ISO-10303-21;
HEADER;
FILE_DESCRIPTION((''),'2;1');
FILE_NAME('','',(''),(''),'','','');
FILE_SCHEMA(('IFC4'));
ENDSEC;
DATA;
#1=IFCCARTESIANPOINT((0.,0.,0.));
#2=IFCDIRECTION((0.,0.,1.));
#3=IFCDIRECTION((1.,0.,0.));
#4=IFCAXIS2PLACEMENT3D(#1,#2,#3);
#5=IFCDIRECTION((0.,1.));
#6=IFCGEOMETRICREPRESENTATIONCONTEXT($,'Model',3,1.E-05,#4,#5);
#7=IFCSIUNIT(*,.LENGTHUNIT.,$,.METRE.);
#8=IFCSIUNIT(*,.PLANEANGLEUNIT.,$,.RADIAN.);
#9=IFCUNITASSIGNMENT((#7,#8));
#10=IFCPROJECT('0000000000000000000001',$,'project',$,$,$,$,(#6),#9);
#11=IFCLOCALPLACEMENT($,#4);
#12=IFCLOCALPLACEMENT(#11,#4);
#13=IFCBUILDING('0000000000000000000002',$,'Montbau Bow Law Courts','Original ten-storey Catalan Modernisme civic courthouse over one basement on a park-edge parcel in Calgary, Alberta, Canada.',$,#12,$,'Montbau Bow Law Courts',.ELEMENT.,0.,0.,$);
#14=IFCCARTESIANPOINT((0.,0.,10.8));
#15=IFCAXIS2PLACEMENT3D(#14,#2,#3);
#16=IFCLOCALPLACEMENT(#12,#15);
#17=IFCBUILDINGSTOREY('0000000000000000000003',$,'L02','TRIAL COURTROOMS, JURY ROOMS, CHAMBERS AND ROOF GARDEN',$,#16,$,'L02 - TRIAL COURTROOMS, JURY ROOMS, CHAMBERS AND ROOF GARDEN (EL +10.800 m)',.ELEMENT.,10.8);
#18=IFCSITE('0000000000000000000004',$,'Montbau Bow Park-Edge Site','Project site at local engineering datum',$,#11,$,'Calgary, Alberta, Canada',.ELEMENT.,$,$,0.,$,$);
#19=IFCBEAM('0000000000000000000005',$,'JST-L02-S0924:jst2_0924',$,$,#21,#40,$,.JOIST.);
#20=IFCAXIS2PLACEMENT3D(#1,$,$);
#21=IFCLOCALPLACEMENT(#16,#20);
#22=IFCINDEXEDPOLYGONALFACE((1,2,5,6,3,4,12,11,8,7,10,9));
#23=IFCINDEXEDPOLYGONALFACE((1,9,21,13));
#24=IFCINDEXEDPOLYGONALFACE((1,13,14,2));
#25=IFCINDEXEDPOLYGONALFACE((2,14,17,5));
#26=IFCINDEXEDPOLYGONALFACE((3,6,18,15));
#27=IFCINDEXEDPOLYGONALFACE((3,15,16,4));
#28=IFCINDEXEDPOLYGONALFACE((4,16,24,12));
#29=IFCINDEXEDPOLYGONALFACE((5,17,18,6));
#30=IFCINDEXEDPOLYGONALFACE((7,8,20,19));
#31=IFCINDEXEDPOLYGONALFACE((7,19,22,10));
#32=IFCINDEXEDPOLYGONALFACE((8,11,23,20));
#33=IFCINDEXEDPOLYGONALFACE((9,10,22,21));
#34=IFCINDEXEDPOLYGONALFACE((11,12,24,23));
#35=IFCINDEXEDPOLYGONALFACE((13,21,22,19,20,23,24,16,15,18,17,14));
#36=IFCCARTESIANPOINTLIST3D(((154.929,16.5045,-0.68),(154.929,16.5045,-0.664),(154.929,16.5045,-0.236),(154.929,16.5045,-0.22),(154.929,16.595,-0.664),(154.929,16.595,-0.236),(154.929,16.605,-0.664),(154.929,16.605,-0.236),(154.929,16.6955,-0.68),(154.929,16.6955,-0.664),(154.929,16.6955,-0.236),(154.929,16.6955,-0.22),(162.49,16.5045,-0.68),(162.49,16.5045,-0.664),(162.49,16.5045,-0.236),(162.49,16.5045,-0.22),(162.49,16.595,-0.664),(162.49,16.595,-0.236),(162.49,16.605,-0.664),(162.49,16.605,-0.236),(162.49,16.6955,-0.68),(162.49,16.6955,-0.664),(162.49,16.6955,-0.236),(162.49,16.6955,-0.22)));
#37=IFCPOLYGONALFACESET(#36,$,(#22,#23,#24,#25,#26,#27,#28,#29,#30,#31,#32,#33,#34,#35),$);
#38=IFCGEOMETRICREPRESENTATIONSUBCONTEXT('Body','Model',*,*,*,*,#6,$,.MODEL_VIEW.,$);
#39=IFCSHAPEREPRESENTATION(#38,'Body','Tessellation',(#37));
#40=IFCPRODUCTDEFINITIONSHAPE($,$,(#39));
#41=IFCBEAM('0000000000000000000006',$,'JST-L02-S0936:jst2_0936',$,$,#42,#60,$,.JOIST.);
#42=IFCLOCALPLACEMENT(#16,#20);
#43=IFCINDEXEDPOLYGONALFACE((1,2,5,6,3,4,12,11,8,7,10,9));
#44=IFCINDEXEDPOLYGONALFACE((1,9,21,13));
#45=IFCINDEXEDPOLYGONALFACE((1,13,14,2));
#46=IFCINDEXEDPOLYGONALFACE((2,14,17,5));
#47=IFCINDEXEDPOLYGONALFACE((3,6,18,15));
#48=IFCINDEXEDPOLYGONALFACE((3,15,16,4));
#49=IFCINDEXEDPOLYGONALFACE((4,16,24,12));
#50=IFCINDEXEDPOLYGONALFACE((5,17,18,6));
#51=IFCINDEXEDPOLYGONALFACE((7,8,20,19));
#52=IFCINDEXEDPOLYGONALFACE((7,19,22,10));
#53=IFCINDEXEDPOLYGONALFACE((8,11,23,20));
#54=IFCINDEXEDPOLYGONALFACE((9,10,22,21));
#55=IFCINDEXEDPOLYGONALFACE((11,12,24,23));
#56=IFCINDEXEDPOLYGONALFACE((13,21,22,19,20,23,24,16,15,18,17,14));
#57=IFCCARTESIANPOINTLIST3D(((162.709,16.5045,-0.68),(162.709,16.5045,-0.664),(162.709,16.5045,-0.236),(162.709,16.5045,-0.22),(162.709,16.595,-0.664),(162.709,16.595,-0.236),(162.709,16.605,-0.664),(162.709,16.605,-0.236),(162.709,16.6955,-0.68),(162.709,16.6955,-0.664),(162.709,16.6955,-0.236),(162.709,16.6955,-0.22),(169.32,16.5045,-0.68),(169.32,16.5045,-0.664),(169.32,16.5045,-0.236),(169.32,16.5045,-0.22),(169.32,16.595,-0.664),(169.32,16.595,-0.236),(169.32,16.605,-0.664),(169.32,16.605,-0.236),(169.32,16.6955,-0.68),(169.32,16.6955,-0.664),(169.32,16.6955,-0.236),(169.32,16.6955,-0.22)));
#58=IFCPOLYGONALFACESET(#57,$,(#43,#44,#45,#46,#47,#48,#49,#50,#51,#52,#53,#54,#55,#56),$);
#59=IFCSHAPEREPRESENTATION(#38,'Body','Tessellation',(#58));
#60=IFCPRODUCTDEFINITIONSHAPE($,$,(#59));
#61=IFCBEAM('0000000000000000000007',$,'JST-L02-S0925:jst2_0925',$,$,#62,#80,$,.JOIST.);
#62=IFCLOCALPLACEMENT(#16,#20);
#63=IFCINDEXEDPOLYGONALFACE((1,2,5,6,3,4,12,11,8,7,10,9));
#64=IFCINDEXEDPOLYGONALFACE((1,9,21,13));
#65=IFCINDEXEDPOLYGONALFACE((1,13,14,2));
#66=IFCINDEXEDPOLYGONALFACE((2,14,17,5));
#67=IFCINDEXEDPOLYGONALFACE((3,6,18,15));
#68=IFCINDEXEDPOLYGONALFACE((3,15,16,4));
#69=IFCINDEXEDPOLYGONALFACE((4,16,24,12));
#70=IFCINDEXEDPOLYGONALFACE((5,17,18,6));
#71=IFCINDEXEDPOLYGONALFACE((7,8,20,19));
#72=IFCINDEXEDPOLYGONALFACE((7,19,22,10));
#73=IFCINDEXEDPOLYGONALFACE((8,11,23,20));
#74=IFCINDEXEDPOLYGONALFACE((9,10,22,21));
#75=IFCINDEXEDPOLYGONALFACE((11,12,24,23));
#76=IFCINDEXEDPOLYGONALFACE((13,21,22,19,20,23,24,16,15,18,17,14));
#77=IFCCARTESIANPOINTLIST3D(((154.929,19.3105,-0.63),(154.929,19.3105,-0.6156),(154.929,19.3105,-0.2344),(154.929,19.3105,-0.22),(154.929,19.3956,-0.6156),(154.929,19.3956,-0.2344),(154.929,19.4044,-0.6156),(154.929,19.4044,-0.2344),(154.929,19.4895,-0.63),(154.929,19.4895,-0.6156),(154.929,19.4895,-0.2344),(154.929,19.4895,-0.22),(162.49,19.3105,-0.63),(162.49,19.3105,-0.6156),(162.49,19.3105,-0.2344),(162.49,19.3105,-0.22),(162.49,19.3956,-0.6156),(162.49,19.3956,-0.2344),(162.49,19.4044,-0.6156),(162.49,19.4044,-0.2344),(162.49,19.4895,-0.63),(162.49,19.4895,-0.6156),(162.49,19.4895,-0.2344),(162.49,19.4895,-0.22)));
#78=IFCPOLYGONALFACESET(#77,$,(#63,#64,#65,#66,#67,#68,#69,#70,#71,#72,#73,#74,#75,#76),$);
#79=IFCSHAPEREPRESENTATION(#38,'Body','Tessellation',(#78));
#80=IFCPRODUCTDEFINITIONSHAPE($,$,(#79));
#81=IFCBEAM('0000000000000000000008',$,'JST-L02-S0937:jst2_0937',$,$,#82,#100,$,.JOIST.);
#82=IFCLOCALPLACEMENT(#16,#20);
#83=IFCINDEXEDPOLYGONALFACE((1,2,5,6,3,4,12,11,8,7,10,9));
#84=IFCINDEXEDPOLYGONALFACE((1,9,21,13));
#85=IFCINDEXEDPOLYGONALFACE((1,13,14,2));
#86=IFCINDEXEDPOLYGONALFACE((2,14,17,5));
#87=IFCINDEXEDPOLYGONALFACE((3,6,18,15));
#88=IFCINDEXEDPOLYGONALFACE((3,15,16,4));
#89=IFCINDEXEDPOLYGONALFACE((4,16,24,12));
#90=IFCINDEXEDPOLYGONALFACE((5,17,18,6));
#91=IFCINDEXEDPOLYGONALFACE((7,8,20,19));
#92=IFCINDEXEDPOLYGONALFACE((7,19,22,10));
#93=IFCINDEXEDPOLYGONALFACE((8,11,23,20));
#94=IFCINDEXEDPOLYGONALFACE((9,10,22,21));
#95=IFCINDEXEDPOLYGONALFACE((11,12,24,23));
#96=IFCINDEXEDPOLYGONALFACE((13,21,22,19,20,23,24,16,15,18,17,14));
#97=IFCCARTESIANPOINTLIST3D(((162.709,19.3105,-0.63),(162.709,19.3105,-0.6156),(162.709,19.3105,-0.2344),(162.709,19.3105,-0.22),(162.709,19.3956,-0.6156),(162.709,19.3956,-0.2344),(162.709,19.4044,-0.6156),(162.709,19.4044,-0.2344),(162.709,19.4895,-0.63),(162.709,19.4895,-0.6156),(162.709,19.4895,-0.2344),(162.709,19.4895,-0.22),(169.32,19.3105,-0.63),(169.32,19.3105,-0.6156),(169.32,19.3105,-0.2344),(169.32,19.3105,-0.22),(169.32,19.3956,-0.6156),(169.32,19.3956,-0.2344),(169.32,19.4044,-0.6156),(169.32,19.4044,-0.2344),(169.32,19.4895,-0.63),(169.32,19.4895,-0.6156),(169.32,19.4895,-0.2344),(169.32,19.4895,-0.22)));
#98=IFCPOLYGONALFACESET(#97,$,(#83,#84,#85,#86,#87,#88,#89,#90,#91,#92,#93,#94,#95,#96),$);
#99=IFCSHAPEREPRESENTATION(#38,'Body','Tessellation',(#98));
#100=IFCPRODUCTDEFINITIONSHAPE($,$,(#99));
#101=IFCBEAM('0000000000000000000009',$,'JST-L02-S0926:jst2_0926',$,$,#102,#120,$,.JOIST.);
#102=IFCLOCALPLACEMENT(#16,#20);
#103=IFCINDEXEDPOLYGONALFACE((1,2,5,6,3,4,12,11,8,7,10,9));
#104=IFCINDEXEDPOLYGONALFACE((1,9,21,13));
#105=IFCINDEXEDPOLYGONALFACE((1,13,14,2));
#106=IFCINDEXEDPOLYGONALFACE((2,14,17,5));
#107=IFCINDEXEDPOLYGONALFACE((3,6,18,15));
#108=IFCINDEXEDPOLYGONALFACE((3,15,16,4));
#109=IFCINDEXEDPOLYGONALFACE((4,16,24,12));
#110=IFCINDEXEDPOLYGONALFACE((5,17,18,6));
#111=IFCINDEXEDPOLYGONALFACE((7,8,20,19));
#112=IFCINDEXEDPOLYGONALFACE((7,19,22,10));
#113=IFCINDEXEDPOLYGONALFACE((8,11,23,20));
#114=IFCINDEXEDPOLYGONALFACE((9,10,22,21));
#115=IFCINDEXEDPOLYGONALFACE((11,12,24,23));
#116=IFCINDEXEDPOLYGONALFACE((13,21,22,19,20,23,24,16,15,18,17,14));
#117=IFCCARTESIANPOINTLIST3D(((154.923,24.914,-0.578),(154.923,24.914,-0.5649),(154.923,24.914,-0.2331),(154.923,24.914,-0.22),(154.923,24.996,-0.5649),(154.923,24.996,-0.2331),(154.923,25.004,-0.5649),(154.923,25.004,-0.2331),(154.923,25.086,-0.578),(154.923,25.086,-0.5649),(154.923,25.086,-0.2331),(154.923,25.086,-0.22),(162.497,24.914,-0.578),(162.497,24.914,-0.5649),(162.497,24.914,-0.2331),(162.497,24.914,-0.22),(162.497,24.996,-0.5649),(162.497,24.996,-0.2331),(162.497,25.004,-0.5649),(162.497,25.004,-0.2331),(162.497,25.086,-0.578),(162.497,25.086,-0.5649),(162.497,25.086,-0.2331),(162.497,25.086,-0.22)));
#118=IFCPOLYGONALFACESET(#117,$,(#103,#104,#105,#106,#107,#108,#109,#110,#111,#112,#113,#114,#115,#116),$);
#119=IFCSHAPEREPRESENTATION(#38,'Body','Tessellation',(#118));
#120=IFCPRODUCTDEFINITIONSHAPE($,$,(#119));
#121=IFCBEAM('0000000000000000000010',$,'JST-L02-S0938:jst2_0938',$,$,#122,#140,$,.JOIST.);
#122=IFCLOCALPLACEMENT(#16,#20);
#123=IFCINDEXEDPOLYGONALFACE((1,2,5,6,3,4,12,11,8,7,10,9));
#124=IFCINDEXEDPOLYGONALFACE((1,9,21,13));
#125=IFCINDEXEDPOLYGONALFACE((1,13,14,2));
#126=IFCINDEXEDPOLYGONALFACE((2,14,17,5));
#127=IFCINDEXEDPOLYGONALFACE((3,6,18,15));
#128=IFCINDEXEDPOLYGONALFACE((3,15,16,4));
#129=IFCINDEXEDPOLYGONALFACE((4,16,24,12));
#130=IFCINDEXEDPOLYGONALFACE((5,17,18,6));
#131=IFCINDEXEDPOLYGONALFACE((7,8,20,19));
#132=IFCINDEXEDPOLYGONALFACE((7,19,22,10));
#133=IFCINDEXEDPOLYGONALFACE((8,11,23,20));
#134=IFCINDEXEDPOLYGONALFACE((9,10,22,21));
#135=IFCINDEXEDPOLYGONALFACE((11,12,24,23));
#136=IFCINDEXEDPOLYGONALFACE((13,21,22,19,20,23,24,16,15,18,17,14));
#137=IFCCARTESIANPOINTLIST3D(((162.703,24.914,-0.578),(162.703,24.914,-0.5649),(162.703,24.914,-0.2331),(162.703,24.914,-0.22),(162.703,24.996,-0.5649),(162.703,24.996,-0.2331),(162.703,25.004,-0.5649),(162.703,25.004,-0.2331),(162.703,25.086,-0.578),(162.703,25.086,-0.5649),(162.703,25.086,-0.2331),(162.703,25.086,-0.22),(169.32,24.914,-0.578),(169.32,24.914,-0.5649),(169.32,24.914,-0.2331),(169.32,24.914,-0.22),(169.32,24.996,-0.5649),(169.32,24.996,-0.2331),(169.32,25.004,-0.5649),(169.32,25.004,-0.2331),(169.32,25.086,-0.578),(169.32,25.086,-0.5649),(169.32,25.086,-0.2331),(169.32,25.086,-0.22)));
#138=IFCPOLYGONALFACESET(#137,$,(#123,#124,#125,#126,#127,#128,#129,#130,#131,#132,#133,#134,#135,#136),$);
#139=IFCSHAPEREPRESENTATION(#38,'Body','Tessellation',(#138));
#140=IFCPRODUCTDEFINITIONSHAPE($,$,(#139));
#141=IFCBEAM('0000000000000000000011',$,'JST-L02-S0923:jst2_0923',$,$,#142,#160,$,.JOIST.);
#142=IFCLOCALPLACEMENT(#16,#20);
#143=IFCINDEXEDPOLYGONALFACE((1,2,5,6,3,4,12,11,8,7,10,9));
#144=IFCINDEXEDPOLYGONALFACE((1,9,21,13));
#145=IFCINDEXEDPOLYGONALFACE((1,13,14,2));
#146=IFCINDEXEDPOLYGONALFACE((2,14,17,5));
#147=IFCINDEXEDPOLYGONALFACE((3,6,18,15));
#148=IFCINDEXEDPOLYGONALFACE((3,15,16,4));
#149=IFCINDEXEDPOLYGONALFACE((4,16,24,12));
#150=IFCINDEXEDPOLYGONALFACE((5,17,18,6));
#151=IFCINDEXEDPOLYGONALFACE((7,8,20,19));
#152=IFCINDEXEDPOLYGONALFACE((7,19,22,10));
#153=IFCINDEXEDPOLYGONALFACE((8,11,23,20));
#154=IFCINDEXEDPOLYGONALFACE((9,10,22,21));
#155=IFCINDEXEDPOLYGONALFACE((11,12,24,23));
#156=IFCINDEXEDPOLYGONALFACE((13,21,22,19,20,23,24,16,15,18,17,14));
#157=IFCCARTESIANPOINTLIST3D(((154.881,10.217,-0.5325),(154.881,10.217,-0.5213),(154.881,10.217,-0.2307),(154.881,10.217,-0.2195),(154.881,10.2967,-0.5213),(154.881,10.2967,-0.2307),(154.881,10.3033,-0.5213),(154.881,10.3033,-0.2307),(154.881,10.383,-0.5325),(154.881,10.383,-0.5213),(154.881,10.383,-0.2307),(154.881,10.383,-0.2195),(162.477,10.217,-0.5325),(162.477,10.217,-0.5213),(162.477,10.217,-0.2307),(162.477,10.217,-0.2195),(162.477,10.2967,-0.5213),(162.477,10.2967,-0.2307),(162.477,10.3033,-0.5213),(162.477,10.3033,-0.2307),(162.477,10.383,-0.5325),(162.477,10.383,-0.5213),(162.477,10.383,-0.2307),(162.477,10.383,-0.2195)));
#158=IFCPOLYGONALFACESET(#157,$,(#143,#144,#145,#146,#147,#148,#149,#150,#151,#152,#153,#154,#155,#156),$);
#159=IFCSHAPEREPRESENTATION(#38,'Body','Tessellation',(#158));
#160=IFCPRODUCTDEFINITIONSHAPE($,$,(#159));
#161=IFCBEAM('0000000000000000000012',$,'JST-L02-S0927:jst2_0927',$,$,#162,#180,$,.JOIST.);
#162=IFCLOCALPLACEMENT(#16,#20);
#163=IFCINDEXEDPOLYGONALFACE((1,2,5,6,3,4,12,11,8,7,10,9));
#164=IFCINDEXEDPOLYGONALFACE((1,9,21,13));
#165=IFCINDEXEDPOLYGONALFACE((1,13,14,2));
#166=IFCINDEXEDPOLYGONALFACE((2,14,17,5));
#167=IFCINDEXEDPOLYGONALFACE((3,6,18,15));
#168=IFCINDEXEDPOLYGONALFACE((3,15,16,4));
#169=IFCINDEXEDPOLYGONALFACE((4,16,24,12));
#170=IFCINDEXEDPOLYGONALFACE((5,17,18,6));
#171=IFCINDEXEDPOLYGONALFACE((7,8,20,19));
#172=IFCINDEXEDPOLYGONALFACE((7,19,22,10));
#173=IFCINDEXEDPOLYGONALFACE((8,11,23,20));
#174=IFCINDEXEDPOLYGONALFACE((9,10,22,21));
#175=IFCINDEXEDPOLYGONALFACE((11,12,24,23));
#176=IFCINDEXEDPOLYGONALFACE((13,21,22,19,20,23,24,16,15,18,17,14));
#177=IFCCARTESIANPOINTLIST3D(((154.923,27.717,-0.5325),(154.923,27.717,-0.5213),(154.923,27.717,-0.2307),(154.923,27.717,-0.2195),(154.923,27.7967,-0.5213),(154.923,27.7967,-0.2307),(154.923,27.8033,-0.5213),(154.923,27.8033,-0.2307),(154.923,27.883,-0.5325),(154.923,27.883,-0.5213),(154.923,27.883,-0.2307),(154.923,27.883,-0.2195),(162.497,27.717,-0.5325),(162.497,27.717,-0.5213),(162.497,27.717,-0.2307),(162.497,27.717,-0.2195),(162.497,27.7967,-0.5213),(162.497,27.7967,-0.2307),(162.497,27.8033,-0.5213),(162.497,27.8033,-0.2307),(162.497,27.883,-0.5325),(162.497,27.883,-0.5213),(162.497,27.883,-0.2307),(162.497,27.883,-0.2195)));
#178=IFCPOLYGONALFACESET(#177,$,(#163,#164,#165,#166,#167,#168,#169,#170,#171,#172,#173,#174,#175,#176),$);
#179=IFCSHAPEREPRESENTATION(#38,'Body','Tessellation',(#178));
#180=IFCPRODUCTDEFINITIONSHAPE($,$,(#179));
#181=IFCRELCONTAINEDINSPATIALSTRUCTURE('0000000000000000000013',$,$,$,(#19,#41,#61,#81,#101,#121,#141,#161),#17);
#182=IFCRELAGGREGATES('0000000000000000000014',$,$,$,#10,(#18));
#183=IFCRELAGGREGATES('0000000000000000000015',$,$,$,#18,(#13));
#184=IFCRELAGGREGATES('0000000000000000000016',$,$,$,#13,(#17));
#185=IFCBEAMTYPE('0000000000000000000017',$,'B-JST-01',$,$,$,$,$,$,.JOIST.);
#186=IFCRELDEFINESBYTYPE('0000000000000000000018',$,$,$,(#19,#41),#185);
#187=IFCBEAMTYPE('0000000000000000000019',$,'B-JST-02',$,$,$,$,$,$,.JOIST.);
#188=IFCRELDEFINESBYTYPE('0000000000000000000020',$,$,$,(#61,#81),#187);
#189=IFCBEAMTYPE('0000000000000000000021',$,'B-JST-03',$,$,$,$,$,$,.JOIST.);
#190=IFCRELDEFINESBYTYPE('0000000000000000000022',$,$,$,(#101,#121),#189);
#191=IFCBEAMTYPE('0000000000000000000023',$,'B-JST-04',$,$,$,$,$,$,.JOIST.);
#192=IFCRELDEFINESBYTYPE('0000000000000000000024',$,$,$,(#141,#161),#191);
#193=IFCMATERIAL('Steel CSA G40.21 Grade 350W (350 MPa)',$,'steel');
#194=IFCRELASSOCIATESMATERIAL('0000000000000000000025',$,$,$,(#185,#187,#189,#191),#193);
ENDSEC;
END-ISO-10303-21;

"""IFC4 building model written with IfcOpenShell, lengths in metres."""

from ifc_helpers import new_model, si_unit, direction, frame, origin_with_axes, origin_2d_with_axis, place, context, subcontext, project, spatial, i_section, extrude, material, material_profile, profile_set, type_object, element, save


model = new_model("IFC4")

# Units and contexts
model_context = context("Model", 3, precision=1e-05, world=origin_with_axes(), true_north=direction((0.0, 1.0)))
body_context = subcontext(model_context, "Body", "Model", "MODEL_VIEW")
ifc_project = project(units=[si_unit("LENGTHUNIT", "METRE"), si_unit("PLANEANGLEUNIT", "RADIAN")], contexts=[model_context])

# Site, building, storey
site_placement = place(None, origin_with_axes())
site = spatial("IfcSite", under=ifc_project, at=site_placement, Name="Montbau Bow Park-Edge Site", Description="Project site at local engineering datum", LongName="Calgary, Alberta, Canada", CompositionType="ELEMENT", RefElevation=0.0)
building_placement = place(site_placement, origin_with_axes())
building = spatial("IfcBuilding", under=site, at=building_placement, Name="Montbau Bow Law Courts", Description="Original ten-storey Catalan Modernisme civic courthouse over one basement on a park-edge parcel in Calgary, Alberta, Canada.", LongName="Montbau Bow Law Courts", CompositionType="ELEMENT", ElevationOfRefHeight=0.0, ElevationOfTerrain=0.0)
storey_placement = place(building_placement, frame((0.0, 0.0, 10.8), z_axis=(0.0, 0.0, 1.0), x_axis=(1.0, 0.0, 0.0)))
storey = spatial("IfcBuildingStorey", under=building, at=storey_placement, Name="L02", Description="TRIAL COURTROOMS, JURY ROOMS, CHAMBERS AND ROOF GARDEN", LongName="L02 - TRIAL COURTROOMS, JURY ROOMS, CHAMBERS AND ROOF GARDEN (EL +10.800 m)", CompositionType="ELEMENT", Elevation=10.8)

# Shared definitions
ifc_material_1 = material(Name="Steel CSA G40.21 Grade 350W (350 MPa)", Category="steel")

# Beams
ifc_material_profile_1 = material_profile(ifc_material_1, i_section(OverallWidth=0.191, OverallDepth=0.46, WebThickness=0.0099, FlangeThickness=0.016, at=origin_2d_with_axis()), Name="W460X82", Category="Main", Priority=0)
ifc_profile_set_1 = profile_set([ifc_material_profile_1], Name="Steel CSA G40.21 Grade 350W (350 MPa)")
beam_type_1 = type_object("IfcBeamType", Name="B-JST-01", PredefinedType="JOIST", material=ifc_profile_set_1)
beam_1_placement = place(None, frame((154.929, 16.6, 10.35), z_axis=(1.0, 0.0, 0.0), x_axis=(0.0, 1.0, 0.0)))
element("IfcBeam", 1, at=beam_1_placement, inside=storey, type_object=beam_type_1, Name="JST-L02-S0924:jst2_0924", PredefinedType="JOIST", context=body_context, shape_type="SweptSolid", body=[
    extrude(i_section(OverallWidth=0.191, OverallDepth=0.46, WebThickness=0.0099, FlangeThickness=0.016, at=origin_2d_with_axis()), origin_with_axes(), (0.0, 0.0, 1.0), 7.561),
])
beam_2_placement = place(None, frame((162.709, 16.6, 10.35), z_axis=(1.0, 0.0, 0.0), x_axis=(0.0, 1.0, 0.0)))
element("IfcBeam", 2, at=beam_2_placement, inside=storey, type_object=beam_type_1, Name="JST-L02-S0936:jst2_0936", PredefinedType="JOIST", context=body_context, shape_type="SweptSolid", body=[
    extrude(i_section(OverallWidth=0.191, OverallDepth=0.46, WebThickness=0.0099, FlangeThickness=0.016, at=origin_2d_with_axis()), origin_with_axes(), (0.0, 0.0, 1.0), 6.611),
])
ifc_material_profile_2 = material_profile(ifc_material_1, i_section(OverallWidth=0.179, OverallDepth=0.41, WebThickness=0.0088, FlangeThickness=0.0144, at=origin_2d_with_axis()), Name="W410X67", Category="Main", Priority=0)
ifc_profile_set_2 = profile_set([ifc_material_profile_2], Name="Steel CSA G40.21 Grade 350W (350 MPa)")
beam_type_2 = type_object("IfcBeamType", Name="B-JST-02", PredefinedType="JOIST", material=ifc_profile_set_2)
beam_3_placement = place(None, frame((154.929, 19.4, 10.375), z_axis=(1.0, 0.0, 0.0), x_axis=(0.0, 1.0, 0.0)))
element("IfcBeam", 3, at=beam_3_placement, inside=storey, type_object=beam_type_2, Name="JST-L02-S0925:jst2_0925", PredefinedType="JOIST", context=body_context, shape_type="SweptSolid", body=[
    extrude(i_section(OverallWidth=0.179, OverallDepth=0.41, WebThickness=0.0088, FlangeThickness=0.0144, at=origin_2d_with_axis()), origin_with_axes(), (0.0, 0.0, 1.0), 7.561),
])
beam_4_placement = place(None, frame((162.709, 19.4, 10.375), z_axis=(1.0, 0.0, 0.0), x_axis=(0.0, 1.0, 0.0)))
element("IfcBeam", 4, at=beam_4_placement, inside=storey, type_object=beam_type_2, Name="JST-L02-S0937:jst2_0937", PredefinedType="JOIST", context=body_context, shape_type="SweptSolid", body=[
    extrude(i_section(OverallWidth=0.179, OverallDepth=0.41, WebThickness=0.0088, FlangeThickness=0.0144, at=origin_2d_with_axis()), origin_with_axes(), (0.0, 0.0, 1.0), 6.611),
])
ifc_material_profile_3 = material_profile(ifc_material_1, i_section(OverallWidth=0.172, OverallDepth=0.358, WebThickness=0.0079, FlangeThickness=0.0131, at=origin_2d_with_axis()), Name="W360X57", Category="Main", Priority=0)
ifc_profile_set_3 = profile_set([ifc_material_profile_3], Name="Steel CSA G40.21 Grade 350W (350 MPa)")
beam_type_3 = type_object("IfcBeamType", Name="B-JST-03", PredefinedType="JOIST", material=ifc_profile_set_3)
beam_5_placement = place(None, frame((154.923, 25.0, 10.401), z_axis=(1.0, 0.0, 0.0), x_axis=(0.0, 1.0, 0.0)))
element("IfcBeam", 5, at=beam_5_placement, inside=storey, type_object=beam_type_3, Name="JST-L02-S0926:jst2_0926", PredefinedType="JOIST", context=body_context, shape_type="SweptSolid", body=[
    extrude(i_section(OverallWidth=0.172, OverallDepth=0.358, WebThickness=0.0079, FlangeThickness=0.0131, at=origin_2d_with_axis()), origin_with_axes(), (0.0, 0.0, 1.0), 7.574),
])
beam_6_placement = place(None, frame((162.703, 25.0, 10.401), z_axis=(1.0, 0.0, 0.0), x_axis=(0.0, 1.0, 0.0)))
element("IfcBeam", 6, at=beam_6_placement, inside=storey, type_object=beam_type_3, Name="JST-L02-S0938:jst2_0938", PredefinedType="JOIST", context=body_context, shape_type="SweptSolid", body=[
    extrude(i_section(OverallWidth=0.172, OverallDepth=0.358, WebThickness=0.0079, FlangeThickness=0.0131, at=origin_2d_with_axis()), origin_with_axes(), (0.0, 0.0, 1.0), 6.617),
])
ifc_material_profile_4 = material_profile(ifc_material_1, i_section(OverallWidth=0.166, OverallDepth=0.313, WebThickness=0.0066, FlangeThickness=0.0112, at=origin_2d_with_axis()), Name="W310X45", Category="Main", Priority=0)
ifc_profile_set_4 = profile_set([ifc_material_profile_4], Name="Steel CSA G40.21 Grade 350W (350 MPa)")
beam_type_4 = type_object("IfcBeamType", Name="B-JST-04", PredefinedType="JOIST", material=ifc_profile_set_4)
beam_7_placement = place(None, frame((154.881, 10.3, 10.424), z_axis=(1.0, 0.0, 0.0), x_axis=(0.0, 1.0, 0.0)))
element("IfcBeam", 7, at=beam_7_placement, inside=storey, type_object=beam_type_4, Name="JST-L02-S0923:jst2_0923", PredefinedType="JOIST", context=body_context, shape_type="SweptSolid", body=[
    extrude(i_section(OverallWidth=0.166, OverallDepth=0.313, WebThickness=0.0066, FlangeThickness=0.0112, at=origin_2d_with_axis()), origin_with_axes(), (0.0, 0.0, 1.0), 7.596),
])
beam_8_placement = place(None, frame((154.923, 27.8, 10.424), z_axis=(1.0, 0.0, 0.0), x_axis=(0.0, 1.0, 0.0)))
element("IfcBeam", 8, at=beam_8_placement, inside=storey, type_object=beam_type_4, Name="JST-L02-S0927:jst2_0927", PredefinedType="JOIST", context=body_context, shape_type="SweptSolid", body=[
    extrude(i_section(OverallWidth=0.166, OverallDepth=0.313, WebThickness=0.0066, FlangeThickness=0.0112, at=origin_2d_with_axis()), origin_with_axes(), (0.0, 0.0, 1.0), 7.574),
])

save(model, "model.ifc")
